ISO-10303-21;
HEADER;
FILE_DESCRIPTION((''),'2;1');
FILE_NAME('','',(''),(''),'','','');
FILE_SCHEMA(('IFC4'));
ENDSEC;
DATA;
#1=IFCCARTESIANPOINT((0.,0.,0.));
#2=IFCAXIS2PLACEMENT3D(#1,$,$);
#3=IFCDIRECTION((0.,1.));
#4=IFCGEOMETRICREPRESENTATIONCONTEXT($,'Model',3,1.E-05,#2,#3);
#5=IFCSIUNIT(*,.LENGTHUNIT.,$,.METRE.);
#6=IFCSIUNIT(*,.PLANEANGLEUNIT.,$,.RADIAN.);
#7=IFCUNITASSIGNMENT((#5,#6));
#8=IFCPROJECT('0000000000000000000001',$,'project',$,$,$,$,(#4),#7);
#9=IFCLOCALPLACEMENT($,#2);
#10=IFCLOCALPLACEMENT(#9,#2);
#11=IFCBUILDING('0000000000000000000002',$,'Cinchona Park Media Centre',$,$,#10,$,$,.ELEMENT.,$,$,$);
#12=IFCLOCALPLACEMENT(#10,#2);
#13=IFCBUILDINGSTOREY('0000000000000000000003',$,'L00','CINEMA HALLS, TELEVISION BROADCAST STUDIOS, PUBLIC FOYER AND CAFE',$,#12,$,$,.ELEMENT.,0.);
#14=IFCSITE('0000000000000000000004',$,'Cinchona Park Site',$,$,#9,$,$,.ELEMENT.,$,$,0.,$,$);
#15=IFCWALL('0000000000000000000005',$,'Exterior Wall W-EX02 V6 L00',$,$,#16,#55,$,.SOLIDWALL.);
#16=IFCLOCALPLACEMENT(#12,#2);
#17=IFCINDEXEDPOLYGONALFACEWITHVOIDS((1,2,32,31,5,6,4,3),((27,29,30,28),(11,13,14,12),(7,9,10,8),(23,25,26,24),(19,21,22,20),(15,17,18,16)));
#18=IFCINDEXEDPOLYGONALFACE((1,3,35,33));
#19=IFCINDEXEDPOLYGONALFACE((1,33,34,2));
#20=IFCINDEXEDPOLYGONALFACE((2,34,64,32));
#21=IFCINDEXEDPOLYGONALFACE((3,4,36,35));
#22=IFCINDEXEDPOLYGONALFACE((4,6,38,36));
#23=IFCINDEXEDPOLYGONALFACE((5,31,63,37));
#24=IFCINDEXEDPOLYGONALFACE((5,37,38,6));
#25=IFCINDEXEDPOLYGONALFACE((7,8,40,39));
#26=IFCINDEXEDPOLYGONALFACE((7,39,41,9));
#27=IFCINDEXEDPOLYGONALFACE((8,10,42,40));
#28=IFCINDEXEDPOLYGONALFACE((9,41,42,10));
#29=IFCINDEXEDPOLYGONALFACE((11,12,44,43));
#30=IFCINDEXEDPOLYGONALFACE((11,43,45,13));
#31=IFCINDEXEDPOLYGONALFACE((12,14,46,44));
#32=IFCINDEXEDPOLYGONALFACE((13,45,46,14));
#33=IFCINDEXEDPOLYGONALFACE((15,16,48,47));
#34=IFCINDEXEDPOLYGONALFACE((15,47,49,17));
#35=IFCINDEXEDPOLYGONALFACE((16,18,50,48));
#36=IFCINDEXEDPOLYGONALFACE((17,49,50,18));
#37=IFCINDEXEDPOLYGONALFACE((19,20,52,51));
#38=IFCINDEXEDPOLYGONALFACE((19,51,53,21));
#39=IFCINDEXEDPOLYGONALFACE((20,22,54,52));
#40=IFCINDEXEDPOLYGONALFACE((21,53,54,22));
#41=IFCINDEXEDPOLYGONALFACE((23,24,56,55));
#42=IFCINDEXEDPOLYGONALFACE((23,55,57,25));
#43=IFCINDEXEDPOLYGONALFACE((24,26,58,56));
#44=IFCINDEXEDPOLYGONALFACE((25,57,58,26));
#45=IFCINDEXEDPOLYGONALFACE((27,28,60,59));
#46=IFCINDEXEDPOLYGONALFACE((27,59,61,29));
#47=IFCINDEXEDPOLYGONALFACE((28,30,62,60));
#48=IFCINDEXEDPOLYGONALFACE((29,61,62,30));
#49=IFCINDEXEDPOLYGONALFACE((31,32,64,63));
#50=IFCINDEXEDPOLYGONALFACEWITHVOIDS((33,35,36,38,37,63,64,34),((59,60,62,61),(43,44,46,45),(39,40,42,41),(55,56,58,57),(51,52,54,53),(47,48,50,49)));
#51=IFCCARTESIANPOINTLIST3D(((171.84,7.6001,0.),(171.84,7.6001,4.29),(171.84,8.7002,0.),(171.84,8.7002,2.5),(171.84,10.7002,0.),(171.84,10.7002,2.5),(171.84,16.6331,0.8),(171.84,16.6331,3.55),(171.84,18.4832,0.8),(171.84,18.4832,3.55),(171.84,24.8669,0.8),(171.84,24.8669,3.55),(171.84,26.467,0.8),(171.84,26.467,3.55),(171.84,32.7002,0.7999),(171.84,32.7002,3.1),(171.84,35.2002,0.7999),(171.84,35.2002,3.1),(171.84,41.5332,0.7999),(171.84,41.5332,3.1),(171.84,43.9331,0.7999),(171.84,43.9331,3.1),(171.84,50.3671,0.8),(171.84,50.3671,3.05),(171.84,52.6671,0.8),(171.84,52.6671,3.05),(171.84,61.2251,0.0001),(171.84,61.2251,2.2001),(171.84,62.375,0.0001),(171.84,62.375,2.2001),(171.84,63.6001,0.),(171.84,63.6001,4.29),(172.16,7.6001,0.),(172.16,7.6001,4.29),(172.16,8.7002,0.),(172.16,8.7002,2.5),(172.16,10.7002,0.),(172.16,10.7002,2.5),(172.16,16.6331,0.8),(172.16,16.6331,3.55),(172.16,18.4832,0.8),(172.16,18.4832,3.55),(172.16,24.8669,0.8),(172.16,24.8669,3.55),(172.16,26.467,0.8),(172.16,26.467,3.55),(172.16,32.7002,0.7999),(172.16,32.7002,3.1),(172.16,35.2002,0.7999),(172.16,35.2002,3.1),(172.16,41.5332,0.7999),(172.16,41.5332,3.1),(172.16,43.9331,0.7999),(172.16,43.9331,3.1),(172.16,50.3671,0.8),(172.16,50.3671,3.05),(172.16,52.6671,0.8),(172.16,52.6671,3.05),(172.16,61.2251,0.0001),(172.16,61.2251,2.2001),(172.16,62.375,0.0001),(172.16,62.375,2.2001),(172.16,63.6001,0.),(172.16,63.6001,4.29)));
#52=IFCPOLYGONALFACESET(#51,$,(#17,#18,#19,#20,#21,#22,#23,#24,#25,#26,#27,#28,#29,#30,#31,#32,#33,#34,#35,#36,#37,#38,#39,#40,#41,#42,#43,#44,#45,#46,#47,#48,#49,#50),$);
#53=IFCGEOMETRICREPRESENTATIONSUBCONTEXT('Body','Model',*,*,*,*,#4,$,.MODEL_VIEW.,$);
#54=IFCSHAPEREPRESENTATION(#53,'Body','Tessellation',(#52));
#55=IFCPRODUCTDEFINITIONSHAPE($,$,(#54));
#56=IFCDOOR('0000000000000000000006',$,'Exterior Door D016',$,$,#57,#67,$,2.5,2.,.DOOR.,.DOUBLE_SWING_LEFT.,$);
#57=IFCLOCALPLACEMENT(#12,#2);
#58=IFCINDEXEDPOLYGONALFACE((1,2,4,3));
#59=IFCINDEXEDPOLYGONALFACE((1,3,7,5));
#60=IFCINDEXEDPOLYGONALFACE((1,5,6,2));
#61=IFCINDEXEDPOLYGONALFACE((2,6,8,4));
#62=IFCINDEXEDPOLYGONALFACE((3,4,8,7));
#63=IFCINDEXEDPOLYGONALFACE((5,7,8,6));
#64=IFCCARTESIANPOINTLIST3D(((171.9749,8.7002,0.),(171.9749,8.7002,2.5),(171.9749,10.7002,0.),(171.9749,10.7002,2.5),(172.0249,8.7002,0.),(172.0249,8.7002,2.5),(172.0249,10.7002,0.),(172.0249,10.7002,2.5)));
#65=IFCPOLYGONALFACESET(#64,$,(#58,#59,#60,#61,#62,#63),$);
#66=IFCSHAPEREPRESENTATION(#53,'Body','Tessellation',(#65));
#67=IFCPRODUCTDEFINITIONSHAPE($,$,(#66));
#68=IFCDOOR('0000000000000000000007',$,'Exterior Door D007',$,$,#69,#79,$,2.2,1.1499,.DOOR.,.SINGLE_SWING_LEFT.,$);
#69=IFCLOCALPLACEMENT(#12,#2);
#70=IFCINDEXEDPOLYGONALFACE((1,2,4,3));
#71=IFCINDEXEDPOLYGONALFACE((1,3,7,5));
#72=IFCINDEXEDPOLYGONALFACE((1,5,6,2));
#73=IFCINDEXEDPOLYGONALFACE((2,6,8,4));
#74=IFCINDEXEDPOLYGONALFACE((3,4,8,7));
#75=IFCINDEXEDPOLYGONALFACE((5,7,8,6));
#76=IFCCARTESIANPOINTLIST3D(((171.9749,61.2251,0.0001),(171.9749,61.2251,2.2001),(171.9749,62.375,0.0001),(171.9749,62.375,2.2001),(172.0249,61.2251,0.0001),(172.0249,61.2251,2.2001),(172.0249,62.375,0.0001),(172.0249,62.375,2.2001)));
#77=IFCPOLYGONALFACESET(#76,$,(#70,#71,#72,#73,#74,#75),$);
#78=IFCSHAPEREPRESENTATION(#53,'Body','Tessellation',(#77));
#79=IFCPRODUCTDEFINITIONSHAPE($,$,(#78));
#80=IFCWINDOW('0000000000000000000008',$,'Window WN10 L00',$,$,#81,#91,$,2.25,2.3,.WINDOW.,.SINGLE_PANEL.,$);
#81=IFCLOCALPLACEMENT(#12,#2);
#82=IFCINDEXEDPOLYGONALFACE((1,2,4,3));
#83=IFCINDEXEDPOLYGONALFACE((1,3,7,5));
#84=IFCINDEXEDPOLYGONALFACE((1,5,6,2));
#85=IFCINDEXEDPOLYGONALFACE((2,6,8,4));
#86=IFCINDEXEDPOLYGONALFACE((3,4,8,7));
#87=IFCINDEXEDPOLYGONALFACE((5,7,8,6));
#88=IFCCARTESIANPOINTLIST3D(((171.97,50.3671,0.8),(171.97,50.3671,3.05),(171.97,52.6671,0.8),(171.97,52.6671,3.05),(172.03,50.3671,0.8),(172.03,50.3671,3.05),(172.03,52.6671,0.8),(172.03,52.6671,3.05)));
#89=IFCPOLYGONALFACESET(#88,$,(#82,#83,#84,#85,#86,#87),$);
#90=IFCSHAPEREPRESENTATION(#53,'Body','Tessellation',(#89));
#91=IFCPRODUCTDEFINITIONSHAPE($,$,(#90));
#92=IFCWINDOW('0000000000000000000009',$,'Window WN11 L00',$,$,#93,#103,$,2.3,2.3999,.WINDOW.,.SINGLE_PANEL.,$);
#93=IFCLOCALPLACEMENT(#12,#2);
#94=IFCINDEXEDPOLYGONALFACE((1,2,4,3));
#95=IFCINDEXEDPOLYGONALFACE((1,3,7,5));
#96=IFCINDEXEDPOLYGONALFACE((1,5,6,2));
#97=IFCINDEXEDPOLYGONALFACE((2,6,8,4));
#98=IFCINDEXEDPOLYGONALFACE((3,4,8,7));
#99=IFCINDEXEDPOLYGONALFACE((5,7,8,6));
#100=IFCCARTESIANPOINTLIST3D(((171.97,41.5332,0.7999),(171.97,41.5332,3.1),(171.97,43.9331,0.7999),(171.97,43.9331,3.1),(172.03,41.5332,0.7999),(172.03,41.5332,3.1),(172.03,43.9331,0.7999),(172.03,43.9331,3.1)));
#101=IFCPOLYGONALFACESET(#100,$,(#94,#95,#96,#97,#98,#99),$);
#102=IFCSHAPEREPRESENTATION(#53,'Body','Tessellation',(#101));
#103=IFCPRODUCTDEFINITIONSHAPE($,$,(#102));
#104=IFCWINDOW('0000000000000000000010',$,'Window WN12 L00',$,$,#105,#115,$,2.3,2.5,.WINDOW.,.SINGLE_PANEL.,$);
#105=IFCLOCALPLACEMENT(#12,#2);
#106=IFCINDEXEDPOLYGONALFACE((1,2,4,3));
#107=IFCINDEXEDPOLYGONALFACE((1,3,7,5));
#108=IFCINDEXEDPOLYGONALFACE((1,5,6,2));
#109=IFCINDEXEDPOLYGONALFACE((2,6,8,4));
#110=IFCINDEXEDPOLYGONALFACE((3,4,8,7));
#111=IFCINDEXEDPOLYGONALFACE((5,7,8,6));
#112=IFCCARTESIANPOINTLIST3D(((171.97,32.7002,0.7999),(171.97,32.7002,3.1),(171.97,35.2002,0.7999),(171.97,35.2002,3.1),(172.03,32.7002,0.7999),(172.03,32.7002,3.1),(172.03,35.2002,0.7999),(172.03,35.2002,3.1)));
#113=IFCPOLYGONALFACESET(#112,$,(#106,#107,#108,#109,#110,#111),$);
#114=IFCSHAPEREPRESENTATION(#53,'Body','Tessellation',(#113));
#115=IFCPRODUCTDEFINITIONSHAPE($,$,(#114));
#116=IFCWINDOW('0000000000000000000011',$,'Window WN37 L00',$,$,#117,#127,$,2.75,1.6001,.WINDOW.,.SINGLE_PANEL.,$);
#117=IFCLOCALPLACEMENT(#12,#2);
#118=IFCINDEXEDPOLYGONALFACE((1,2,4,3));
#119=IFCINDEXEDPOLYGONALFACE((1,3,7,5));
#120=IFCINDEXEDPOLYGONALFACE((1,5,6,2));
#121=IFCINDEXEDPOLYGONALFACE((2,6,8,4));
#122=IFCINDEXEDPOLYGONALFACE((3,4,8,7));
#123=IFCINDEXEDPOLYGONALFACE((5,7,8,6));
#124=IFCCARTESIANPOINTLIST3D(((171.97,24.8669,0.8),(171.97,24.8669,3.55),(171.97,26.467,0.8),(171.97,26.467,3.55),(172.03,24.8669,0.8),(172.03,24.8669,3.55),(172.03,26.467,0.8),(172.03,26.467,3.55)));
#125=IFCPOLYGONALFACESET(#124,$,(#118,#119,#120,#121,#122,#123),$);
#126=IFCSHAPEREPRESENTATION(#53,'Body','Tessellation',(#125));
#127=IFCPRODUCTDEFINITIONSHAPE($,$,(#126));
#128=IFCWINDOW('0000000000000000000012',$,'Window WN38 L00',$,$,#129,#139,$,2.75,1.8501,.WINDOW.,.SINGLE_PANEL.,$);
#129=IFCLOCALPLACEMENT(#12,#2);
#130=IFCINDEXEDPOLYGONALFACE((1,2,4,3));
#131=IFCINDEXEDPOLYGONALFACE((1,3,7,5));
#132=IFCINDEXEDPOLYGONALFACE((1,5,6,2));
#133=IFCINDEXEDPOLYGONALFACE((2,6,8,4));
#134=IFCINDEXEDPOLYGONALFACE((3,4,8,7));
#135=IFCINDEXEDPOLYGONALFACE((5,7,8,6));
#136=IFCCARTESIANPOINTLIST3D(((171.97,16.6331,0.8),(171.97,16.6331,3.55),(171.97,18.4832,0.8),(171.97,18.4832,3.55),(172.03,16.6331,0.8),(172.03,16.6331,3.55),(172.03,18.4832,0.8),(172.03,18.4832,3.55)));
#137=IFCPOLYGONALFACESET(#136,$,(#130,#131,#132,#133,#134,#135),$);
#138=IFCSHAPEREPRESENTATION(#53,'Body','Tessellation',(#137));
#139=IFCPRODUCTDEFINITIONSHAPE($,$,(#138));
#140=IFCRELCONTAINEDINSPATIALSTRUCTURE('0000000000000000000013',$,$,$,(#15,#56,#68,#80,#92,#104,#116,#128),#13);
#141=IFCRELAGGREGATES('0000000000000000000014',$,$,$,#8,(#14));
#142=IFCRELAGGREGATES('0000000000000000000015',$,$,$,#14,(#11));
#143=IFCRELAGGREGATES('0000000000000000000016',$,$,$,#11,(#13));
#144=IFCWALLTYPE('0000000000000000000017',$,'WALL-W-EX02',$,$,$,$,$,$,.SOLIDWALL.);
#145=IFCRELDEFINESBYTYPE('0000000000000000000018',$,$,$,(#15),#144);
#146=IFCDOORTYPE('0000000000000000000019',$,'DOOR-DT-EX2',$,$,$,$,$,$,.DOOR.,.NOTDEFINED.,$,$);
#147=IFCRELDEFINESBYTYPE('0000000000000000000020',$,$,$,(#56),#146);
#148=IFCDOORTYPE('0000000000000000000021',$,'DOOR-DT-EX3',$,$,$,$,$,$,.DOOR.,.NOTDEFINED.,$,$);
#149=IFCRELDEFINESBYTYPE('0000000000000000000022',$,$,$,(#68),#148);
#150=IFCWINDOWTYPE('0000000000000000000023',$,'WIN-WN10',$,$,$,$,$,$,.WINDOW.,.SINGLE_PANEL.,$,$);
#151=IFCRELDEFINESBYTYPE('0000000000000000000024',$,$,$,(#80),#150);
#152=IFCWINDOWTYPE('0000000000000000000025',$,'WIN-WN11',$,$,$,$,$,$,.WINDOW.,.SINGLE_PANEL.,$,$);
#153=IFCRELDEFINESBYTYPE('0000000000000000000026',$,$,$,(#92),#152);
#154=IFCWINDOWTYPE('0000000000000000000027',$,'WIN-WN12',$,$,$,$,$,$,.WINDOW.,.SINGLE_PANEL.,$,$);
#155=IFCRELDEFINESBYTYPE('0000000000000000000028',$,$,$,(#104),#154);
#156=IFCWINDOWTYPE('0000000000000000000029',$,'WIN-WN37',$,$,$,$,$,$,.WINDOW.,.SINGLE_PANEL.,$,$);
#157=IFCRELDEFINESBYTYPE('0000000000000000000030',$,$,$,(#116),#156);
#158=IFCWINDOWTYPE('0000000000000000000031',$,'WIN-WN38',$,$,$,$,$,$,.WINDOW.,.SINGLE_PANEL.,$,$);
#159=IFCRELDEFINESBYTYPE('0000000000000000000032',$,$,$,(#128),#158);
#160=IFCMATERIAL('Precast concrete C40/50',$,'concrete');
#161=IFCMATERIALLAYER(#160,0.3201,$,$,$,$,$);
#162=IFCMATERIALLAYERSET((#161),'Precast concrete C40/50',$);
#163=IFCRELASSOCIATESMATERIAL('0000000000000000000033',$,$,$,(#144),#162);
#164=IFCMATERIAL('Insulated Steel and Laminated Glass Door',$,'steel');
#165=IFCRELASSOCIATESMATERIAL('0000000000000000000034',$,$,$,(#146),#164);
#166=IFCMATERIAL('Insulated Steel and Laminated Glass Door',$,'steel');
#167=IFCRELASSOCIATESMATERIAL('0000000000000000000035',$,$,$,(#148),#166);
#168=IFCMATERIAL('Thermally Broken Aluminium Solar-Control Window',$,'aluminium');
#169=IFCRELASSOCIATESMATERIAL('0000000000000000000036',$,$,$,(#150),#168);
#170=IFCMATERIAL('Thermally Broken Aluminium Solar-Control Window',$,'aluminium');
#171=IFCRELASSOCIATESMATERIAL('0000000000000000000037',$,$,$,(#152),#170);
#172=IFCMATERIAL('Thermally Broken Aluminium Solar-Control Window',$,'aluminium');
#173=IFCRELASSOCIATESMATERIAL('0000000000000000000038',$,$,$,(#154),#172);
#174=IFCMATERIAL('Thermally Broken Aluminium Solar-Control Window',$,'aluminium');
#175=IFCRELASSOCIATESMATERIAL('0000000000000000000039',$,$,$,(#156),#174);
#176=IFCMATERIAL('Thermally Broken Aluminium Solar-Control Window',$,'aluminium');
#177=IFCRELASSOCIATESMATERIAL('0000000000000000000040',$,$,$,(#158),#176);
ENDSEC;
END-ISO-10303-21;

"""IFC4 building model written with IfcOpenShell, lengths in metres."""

from ifc_helpers import new_model, si_unit, direction, frame, frame_2d, origin, place, context, subcontext, project, spatial, rectangle, extrude, material, layer, layer_set, type_object, element, fill, save


model = new_model("IFC4")

# Units and contexts
model_context = context("Model", 3, precision=1e-05, world=origin(), true_north=direction((0.0, 1.0)))
body_context = subcontext(model_context, "Body", "Model", "MODEL_VIEW")
ifc_project = project(units=[si_unit("LENGTHUNIT", "METRE"), si_unit("PLANEANGLEUNIT", "RADIAN")], contexts=[model_context])

# Site, building, storey
site_placement = place(None, origin())
site = spatial("IfcSite", under=ifc_project, at=site_placement, Name="Cinchona Park Site", CompositionType="ELEMENT", RefElevation=0.0)
building_placement = place(site_placement, origin())
building = spatial("IfcBuilding", under=site, at=building_placement, Name="Cinchona Park Media Centre", CompositionType="ELEMENT")
storey_placement = place(building_placement, origin())
storey = spatial("IfcBuildingStorey", under=building, at=storey_placement, Name="L00", Description="CINEMA HALLS, TELEVISION BROADCAST STUDIOS, PUBLIC FOYER AND CAFE", CompositionType="ELEMENT", Elevation=0.0)

# Wall, openings, doors, windows
ifc_material_1 = material(Name="Precast concrete C40/50", Category="concrete")
ifc_layer_1 = layer(ifc_material_1, 0.3201)
ifc_layer_set_1 = layer_set([ifc_layer_1], Name="Precast concrete C40/50")
wall_type = type_object("IfcWallType", Name="WALL-W-EX02", PredefinedType="SOLIDWALL", material=ifc_layer_set_1)
wall_placement = place(storey_placement, frame((172.0, 63.6001, 0.0), z_axis=(0.0, 0.0, 1.0), x_axis=(0.0, -1.0, 0.0)))
wall = element("IfcWall", 1, at=wall_placement, inside=storey, type_object=wall_type, Name="Exterior Wall W-EX02 V6 L00", PredefinedType="SOLIDWALL", context=body_context, shape_type="SweptSolid", body=[
    extrude(rectangle(XDim=56.0, YDim=0.3201, at=frame_2d((28.0, 0.0))), origin(), (0.0, 0.0, 1.0), 4.29),
])
opening_1_placement = place(wall_placement, frame((1.2251, 0.0, 0.0)))
opening_1 = element("IfcOpeningElement", 2, at=opening_1_placement, cuts=wall, PredefinedType="OPENING", context=body_context, shape_type="SweptSolid", body=[
    extrude(rectangle(XDim=1.1499, YDim=2.2, at=frame_2d((0.575, 1.1001))), frame((0.0, 0.1699, 0.0), z_axis=(0.0, -1.0, 0.0), x_axis=(1.0, 0.0, 0.0)), (0.0, 0.0, 1.0), 0.3401),
])
opening_2_placement = place(wall_placement, frame((52.8999, 0.0, 0.0)))
opening_2 = element("IfcOpeningElement", 3, at=opening_2_placement, cuts=wall, PredefinedType="OPENING", context=body_context, shape_type="SweptSolid", body=[
    extrude(rectangle(XDim=2.0, YDim=2.5, at=frame_2d((1.0, 1.25))), frame((0.0, 0.1699, 0.0), z_axis=(0.0, -1.0, 0.0), x_axis=(1.0, 0.0, 0.0)), (0.0, 0.0, 1.0), 0.3401),
])
opening_3_placement = place(wall_placement, frame((10.9331, 0.0, 0.8)))
opening_3 = element("IfcOpeningElement", 4, at=opening_3_placement, cuts=wall, PredefinedType="OPENING", context=body_context, shape_type="SweptSolid", body=[
    extrude(rectangle(XDim=2.3, YDim=2.25, at=frame_2d((1.1499, 1.125))), frame((0.0, 0.1699, 0.0), z_axis=(0.0, -1.0, 0.0), x_axis=(1.0, 0.0, 0.0)), (0.0, 0.0, 1.0), 0.3401),
])
opening_4_placement = place(wall_placement, frame((19.667, 0.0, 0.8)))
opening_4 = element("IfcOpeningElement", 5, at=opening_4_placement, cuts=wall, PredefinedType="OPENING", context=body_context, shape_type="SweptSolid", body=[
    extrude(rectangle(XDim=2.3999, YDim=2.3, at=frame_2d((1.2, 1.1499))), frame((0.0, 0.1699, 0.0), z_axis=(0.0, -1.0, 0.0), x_axis=(1.0, 0.0, 0.0)), (0.0, 0.0, 1.0), 0.3401),
])
opening_5_placement = place(wall_placement, frame((28.3999, 0.0, 0.8)))
opening_5 = element("IfcOpeningElement", 6, at=opening_5_placement, cuts=wall, PredefinedType="OPENING", context=body_context, shape_type="SweptSolid", body=[
    extrude(rectangle(XDim=2.5, YDim=2.3, at=frame_2d((1.25, 1.1499))), frame((0.0, 0.1699, 0.0), z_axis=(0.0, -1.0, 0.0), x_axis=(1.0, 0.0, 0.0)), (0.0, 0.0, 1.0), 0.3401),
])
opening_6_placement = place(wall_placement, frame((37.1331, 0.0, 0.8)))
opening_6 = element("IfcOpeningElement", 7, at=opening_6_placement, cuts=wall, PredefinedType="OPENING", context=body_context, shape_type="SweptSolid", body=[
    extrude(rectangle(XDim=1.6001, YDim=2.75, at=frame_2d((0.8, 1.375))), frame((0.0, 0.1699, 0.0), z_axis=(0.0, -1.0, 0.0), x_axis=(1.0, 0.0, 0.0)), (0.0, 0.0, 1.0), 0.3401),
])
opening_7_placement = place(wall_placement, frame((45.1169, 0.0, 0.8)))
opening_7 = element("IfcOpeningElement", 8, at=opening_7_placement, cuts=wall, PredefinedType="OPENING", context=body_context, shape_type="SweptSolid", body=[
    extrude(rectangle(XDim=1.8501, YDim=2.75, at=frame_2d((0.925, 1.375))), frame((0.0, 0.1699, 0.0), z_axis=(0.0, -1.0, 0.0), x_axis=(1.0, 0.0, 0.0)), (0.0, 0.0, 1.0), 0.3401),
])
ifc_material_2 = material(Name="Insulated Steel and Laminated Glass Door", Category="steel")
door_type_1 = type_object("IfcDoorType", Name="DOOR-DT-EX2", OperationType="NOTDEFINED", PredefinedType="DOOR", material=ifc_material_2)
door_1_placement = place(opening_2_placement, origin())
door_1 = element("IfcDoor", 9, at=door_1_placement, inside=storey, type_object=door_type_1, Name="Exterior Door D016", OperationType="DOUBLE_SWING_LEFT", OverallHeight=2.5, OverallWidth=2.0, PredefinedType="DOOR", context=body_context, shape_type="SweptSolid", body=[
    extrude(rectangle(XDim=2.0, YDim=2.5, at=frame_2d((1.0, 1.25))), frame((0.0, 0.0249, 0.0), z_axis=(0.0, -1.0, 0.0), x_axis=(1.0, 0.0, 0.0)), (0.0, 0.0, 1.0), 0.05),
])
fill(opening_2, door_1)
ifc_material_3 = material(Name="Insulated Steel and Laminated Glass Door", Category="steel")
door_type_2 = type_object("IfcDoorType", Name="DOOR-DT-EX3", OperationType="NOTDEFINED", PredefinedType="DOOR", material=ifc_material_3)
door_2_placement = place(opening_1_placement, origin())
door_2 = element("IfcDoor", 10, at=door_2_placement, inside=storey, type_object=door_type_2, Name="Exterior Door D007", OperationType="SINGLE_SWING_LEFT", OverallHeight=2.2, OverallWidth=1.1499, PredefinedType="DOOR", context=body_context, shape_type="SweptSolid", body=[
    extrude(rectangle(XDim=1.1499, YDim=2.2, at=frame_2d((0.575, 1.1001))), frame((0.0, 0.0249, 0.0), z_axis=(0.0, -1.0, 0.0), x_axis=(1.0, 0.0, 0.0)), (0.0, 0.0, 1.0), 0.05),
])
fill(opening_1, door_2)
ifc_material_4 = material(Name="Thermally Broken Aluminium Solar-Control Window", Category="aluminium")
window_type_1 = type_object("IfcWindowType", Name="WIN-WN10", PartitioningType="SINGLE_PANEL", PredefinedType="WINDOW", material=ifc_material_4)
window_1_placement = place(opening_3_placement, origin())
window_1 = element("IfcWindow", 11, at=window_1_placement, inside=storey, type_object=window_type_1, Name="Window WN10 L00", OverallHeight=2.25, OverallWidth=2.3, PartitioningType="SINGLE_PANEL", PredefinedType="WINDOW", context=body_context, shape_type="SweptSolid", body=[
    extrude(rectangle(XDim=2.3, YDim=2.25, at=frame_2d((1.1499, 1.125))), frame((0.0, 0.03, 0.0), z_axis=(0.0, -1.0, 0.0), x_axis=(1.0, 0.0, 0.0)), (0.0, 0.0, 1.0), 0.0601),
])
fill(opening_3, window_1)
ifc_material_5 = material(Name="Thermally Broken Aluminium Solar-Control Window", Category="aluminium")
window_type_2 = type_object("IfcWindowType", Name="WIN-WN11", PartitioningType="SINGLE_PANEL", PredefinedType="WINDOW", material=ifc_material_5)
window_2_placement = place(opening_4_placement, origin())
window_2 = element("IfcWindow", 12, at=window_2_placement, inside=storey, type_object=window_type_2, Name="Window WN11 L00", OverallHeight=2.3, OverallWidth=2.3999, PartitioningType="SINGLE_PANEL", PredefinedType="WINDOW", context=body_context, shape_type="SweptSolid", body=[
    extrude(rectangle(XDim=2.3999, YDim=2.3, at=frame_2d((1.2, 1.1499))), frame((0.0, 0.03, 0.0), z_axis=(0.0, -1.0, 0.0), x_axis=(1.0, 0.0, 0.0)), (0.0, 0.0, 1.0), 0.0601),
])
fill(opening_4, window_2)
ifc_material_6 = material(Name="Thermally Broken Aluminium Solar-Control Window", Category="aluminium")
window_type_3 = type_object("IfcWindowType", Name="WIN-WN12", PartitioningType="SINGLE_PANEL", PredefinedType="WINDOW", material=ifc_material_6)
window_3_placement = place(opening_5_placement, origin())
window_3 = element("IfcWindow", 13, at=window_3_placement, inside=storey, type_object=window_type_3, Name="Window WN12 L00", OverallHeight=2.3, OverallWidth=2.5, PartitioningType="SINGLE_PANEL", PredefinedType="WINDOW", context=body_context, shape_type="SweptSolid", body=[
    extrude(rectangle(XDim=2.5, YDim=2.3, at=frame_2d((1.25, 1.1499))), frame((0.0, 0.03, 0.0), z_axis=(0.0, -1.0, 0.0), x_axis=(1.0, 0.0, 0.0)), (0.0, 0.0, 1.0), 0.0601),
])
fill(opening_5, window_3)
ifc_material_7 = material(Name="Thermally Broken Aluminium Solar-Control Window", Category="aluminium")
window_type_4 = type_object("IfcWindowType", Name="WIN-WN37", PartitioningType="SINGLE_PANEL", PredefinedType="WINDOW", material=ifc_material_7)
window_4_placement = place(opening_6_placement, origin())
window_4 = element("IfcWindow", 14, at=window_4_placement, inside=storey, type_object=window_type_4, Name="Window WN37 L00", OverallHeight=2.75, OverallWidth=1.6001, PartitioningType="SINGLE_PANEL", PredefinedType="WINDOW", context=body_context, shape_type="SweptSolid", body=[
    extrude(rectangle(XDim=1.6001, YDim=2.75, at=frame_2d((0.8, 1.375))), frame((0.0, 0.03, 0.0), z_axis=(0.0, -1.0, 0.0), x_axis=(1.0, 0.0, 0.0)), (0.0, 0.0, 1.0), 0.0601),
])
fill(opening_6, window_4)
ifc_material_8 = material(Name="Thermally Broken Aluminium Solar-Control Window", Category="aluminium")
window_type_5 = type_object("IfcWindowType", Name="WIN-WN38", PartitioningType="SINGLE_PANEL", PredefinedType="WINDOW", material=ifc_material_8)
window_5_placement = place(opening_7_placement, origin())
window_5 = element("IfcWindow", 15, at=window_5_placement, inside=storey, type_object=window_type_5, Name="Window WN38 L00", OverallHeight=2.75, OverallWidth=1.8501, PartitioningType="SINGLE_PANEL", PredefinedType="WINDOW", context=body_context, shape_type="SweptSolid", body=[
    extrude(rectangle(XDim=1.8501, YDim=2.75, at=frame_2d((0.925, 1.375))), frame((0.0, 0.03, 0.0), z_axis=(0.0, -1.0, 0.0), x_axis=(1.0, 0.0, 0.0)), (0.0, 0.0, 1.0), 0.0601),
])
fill(opening_7, window_5)

save(model, "model.ifc")
